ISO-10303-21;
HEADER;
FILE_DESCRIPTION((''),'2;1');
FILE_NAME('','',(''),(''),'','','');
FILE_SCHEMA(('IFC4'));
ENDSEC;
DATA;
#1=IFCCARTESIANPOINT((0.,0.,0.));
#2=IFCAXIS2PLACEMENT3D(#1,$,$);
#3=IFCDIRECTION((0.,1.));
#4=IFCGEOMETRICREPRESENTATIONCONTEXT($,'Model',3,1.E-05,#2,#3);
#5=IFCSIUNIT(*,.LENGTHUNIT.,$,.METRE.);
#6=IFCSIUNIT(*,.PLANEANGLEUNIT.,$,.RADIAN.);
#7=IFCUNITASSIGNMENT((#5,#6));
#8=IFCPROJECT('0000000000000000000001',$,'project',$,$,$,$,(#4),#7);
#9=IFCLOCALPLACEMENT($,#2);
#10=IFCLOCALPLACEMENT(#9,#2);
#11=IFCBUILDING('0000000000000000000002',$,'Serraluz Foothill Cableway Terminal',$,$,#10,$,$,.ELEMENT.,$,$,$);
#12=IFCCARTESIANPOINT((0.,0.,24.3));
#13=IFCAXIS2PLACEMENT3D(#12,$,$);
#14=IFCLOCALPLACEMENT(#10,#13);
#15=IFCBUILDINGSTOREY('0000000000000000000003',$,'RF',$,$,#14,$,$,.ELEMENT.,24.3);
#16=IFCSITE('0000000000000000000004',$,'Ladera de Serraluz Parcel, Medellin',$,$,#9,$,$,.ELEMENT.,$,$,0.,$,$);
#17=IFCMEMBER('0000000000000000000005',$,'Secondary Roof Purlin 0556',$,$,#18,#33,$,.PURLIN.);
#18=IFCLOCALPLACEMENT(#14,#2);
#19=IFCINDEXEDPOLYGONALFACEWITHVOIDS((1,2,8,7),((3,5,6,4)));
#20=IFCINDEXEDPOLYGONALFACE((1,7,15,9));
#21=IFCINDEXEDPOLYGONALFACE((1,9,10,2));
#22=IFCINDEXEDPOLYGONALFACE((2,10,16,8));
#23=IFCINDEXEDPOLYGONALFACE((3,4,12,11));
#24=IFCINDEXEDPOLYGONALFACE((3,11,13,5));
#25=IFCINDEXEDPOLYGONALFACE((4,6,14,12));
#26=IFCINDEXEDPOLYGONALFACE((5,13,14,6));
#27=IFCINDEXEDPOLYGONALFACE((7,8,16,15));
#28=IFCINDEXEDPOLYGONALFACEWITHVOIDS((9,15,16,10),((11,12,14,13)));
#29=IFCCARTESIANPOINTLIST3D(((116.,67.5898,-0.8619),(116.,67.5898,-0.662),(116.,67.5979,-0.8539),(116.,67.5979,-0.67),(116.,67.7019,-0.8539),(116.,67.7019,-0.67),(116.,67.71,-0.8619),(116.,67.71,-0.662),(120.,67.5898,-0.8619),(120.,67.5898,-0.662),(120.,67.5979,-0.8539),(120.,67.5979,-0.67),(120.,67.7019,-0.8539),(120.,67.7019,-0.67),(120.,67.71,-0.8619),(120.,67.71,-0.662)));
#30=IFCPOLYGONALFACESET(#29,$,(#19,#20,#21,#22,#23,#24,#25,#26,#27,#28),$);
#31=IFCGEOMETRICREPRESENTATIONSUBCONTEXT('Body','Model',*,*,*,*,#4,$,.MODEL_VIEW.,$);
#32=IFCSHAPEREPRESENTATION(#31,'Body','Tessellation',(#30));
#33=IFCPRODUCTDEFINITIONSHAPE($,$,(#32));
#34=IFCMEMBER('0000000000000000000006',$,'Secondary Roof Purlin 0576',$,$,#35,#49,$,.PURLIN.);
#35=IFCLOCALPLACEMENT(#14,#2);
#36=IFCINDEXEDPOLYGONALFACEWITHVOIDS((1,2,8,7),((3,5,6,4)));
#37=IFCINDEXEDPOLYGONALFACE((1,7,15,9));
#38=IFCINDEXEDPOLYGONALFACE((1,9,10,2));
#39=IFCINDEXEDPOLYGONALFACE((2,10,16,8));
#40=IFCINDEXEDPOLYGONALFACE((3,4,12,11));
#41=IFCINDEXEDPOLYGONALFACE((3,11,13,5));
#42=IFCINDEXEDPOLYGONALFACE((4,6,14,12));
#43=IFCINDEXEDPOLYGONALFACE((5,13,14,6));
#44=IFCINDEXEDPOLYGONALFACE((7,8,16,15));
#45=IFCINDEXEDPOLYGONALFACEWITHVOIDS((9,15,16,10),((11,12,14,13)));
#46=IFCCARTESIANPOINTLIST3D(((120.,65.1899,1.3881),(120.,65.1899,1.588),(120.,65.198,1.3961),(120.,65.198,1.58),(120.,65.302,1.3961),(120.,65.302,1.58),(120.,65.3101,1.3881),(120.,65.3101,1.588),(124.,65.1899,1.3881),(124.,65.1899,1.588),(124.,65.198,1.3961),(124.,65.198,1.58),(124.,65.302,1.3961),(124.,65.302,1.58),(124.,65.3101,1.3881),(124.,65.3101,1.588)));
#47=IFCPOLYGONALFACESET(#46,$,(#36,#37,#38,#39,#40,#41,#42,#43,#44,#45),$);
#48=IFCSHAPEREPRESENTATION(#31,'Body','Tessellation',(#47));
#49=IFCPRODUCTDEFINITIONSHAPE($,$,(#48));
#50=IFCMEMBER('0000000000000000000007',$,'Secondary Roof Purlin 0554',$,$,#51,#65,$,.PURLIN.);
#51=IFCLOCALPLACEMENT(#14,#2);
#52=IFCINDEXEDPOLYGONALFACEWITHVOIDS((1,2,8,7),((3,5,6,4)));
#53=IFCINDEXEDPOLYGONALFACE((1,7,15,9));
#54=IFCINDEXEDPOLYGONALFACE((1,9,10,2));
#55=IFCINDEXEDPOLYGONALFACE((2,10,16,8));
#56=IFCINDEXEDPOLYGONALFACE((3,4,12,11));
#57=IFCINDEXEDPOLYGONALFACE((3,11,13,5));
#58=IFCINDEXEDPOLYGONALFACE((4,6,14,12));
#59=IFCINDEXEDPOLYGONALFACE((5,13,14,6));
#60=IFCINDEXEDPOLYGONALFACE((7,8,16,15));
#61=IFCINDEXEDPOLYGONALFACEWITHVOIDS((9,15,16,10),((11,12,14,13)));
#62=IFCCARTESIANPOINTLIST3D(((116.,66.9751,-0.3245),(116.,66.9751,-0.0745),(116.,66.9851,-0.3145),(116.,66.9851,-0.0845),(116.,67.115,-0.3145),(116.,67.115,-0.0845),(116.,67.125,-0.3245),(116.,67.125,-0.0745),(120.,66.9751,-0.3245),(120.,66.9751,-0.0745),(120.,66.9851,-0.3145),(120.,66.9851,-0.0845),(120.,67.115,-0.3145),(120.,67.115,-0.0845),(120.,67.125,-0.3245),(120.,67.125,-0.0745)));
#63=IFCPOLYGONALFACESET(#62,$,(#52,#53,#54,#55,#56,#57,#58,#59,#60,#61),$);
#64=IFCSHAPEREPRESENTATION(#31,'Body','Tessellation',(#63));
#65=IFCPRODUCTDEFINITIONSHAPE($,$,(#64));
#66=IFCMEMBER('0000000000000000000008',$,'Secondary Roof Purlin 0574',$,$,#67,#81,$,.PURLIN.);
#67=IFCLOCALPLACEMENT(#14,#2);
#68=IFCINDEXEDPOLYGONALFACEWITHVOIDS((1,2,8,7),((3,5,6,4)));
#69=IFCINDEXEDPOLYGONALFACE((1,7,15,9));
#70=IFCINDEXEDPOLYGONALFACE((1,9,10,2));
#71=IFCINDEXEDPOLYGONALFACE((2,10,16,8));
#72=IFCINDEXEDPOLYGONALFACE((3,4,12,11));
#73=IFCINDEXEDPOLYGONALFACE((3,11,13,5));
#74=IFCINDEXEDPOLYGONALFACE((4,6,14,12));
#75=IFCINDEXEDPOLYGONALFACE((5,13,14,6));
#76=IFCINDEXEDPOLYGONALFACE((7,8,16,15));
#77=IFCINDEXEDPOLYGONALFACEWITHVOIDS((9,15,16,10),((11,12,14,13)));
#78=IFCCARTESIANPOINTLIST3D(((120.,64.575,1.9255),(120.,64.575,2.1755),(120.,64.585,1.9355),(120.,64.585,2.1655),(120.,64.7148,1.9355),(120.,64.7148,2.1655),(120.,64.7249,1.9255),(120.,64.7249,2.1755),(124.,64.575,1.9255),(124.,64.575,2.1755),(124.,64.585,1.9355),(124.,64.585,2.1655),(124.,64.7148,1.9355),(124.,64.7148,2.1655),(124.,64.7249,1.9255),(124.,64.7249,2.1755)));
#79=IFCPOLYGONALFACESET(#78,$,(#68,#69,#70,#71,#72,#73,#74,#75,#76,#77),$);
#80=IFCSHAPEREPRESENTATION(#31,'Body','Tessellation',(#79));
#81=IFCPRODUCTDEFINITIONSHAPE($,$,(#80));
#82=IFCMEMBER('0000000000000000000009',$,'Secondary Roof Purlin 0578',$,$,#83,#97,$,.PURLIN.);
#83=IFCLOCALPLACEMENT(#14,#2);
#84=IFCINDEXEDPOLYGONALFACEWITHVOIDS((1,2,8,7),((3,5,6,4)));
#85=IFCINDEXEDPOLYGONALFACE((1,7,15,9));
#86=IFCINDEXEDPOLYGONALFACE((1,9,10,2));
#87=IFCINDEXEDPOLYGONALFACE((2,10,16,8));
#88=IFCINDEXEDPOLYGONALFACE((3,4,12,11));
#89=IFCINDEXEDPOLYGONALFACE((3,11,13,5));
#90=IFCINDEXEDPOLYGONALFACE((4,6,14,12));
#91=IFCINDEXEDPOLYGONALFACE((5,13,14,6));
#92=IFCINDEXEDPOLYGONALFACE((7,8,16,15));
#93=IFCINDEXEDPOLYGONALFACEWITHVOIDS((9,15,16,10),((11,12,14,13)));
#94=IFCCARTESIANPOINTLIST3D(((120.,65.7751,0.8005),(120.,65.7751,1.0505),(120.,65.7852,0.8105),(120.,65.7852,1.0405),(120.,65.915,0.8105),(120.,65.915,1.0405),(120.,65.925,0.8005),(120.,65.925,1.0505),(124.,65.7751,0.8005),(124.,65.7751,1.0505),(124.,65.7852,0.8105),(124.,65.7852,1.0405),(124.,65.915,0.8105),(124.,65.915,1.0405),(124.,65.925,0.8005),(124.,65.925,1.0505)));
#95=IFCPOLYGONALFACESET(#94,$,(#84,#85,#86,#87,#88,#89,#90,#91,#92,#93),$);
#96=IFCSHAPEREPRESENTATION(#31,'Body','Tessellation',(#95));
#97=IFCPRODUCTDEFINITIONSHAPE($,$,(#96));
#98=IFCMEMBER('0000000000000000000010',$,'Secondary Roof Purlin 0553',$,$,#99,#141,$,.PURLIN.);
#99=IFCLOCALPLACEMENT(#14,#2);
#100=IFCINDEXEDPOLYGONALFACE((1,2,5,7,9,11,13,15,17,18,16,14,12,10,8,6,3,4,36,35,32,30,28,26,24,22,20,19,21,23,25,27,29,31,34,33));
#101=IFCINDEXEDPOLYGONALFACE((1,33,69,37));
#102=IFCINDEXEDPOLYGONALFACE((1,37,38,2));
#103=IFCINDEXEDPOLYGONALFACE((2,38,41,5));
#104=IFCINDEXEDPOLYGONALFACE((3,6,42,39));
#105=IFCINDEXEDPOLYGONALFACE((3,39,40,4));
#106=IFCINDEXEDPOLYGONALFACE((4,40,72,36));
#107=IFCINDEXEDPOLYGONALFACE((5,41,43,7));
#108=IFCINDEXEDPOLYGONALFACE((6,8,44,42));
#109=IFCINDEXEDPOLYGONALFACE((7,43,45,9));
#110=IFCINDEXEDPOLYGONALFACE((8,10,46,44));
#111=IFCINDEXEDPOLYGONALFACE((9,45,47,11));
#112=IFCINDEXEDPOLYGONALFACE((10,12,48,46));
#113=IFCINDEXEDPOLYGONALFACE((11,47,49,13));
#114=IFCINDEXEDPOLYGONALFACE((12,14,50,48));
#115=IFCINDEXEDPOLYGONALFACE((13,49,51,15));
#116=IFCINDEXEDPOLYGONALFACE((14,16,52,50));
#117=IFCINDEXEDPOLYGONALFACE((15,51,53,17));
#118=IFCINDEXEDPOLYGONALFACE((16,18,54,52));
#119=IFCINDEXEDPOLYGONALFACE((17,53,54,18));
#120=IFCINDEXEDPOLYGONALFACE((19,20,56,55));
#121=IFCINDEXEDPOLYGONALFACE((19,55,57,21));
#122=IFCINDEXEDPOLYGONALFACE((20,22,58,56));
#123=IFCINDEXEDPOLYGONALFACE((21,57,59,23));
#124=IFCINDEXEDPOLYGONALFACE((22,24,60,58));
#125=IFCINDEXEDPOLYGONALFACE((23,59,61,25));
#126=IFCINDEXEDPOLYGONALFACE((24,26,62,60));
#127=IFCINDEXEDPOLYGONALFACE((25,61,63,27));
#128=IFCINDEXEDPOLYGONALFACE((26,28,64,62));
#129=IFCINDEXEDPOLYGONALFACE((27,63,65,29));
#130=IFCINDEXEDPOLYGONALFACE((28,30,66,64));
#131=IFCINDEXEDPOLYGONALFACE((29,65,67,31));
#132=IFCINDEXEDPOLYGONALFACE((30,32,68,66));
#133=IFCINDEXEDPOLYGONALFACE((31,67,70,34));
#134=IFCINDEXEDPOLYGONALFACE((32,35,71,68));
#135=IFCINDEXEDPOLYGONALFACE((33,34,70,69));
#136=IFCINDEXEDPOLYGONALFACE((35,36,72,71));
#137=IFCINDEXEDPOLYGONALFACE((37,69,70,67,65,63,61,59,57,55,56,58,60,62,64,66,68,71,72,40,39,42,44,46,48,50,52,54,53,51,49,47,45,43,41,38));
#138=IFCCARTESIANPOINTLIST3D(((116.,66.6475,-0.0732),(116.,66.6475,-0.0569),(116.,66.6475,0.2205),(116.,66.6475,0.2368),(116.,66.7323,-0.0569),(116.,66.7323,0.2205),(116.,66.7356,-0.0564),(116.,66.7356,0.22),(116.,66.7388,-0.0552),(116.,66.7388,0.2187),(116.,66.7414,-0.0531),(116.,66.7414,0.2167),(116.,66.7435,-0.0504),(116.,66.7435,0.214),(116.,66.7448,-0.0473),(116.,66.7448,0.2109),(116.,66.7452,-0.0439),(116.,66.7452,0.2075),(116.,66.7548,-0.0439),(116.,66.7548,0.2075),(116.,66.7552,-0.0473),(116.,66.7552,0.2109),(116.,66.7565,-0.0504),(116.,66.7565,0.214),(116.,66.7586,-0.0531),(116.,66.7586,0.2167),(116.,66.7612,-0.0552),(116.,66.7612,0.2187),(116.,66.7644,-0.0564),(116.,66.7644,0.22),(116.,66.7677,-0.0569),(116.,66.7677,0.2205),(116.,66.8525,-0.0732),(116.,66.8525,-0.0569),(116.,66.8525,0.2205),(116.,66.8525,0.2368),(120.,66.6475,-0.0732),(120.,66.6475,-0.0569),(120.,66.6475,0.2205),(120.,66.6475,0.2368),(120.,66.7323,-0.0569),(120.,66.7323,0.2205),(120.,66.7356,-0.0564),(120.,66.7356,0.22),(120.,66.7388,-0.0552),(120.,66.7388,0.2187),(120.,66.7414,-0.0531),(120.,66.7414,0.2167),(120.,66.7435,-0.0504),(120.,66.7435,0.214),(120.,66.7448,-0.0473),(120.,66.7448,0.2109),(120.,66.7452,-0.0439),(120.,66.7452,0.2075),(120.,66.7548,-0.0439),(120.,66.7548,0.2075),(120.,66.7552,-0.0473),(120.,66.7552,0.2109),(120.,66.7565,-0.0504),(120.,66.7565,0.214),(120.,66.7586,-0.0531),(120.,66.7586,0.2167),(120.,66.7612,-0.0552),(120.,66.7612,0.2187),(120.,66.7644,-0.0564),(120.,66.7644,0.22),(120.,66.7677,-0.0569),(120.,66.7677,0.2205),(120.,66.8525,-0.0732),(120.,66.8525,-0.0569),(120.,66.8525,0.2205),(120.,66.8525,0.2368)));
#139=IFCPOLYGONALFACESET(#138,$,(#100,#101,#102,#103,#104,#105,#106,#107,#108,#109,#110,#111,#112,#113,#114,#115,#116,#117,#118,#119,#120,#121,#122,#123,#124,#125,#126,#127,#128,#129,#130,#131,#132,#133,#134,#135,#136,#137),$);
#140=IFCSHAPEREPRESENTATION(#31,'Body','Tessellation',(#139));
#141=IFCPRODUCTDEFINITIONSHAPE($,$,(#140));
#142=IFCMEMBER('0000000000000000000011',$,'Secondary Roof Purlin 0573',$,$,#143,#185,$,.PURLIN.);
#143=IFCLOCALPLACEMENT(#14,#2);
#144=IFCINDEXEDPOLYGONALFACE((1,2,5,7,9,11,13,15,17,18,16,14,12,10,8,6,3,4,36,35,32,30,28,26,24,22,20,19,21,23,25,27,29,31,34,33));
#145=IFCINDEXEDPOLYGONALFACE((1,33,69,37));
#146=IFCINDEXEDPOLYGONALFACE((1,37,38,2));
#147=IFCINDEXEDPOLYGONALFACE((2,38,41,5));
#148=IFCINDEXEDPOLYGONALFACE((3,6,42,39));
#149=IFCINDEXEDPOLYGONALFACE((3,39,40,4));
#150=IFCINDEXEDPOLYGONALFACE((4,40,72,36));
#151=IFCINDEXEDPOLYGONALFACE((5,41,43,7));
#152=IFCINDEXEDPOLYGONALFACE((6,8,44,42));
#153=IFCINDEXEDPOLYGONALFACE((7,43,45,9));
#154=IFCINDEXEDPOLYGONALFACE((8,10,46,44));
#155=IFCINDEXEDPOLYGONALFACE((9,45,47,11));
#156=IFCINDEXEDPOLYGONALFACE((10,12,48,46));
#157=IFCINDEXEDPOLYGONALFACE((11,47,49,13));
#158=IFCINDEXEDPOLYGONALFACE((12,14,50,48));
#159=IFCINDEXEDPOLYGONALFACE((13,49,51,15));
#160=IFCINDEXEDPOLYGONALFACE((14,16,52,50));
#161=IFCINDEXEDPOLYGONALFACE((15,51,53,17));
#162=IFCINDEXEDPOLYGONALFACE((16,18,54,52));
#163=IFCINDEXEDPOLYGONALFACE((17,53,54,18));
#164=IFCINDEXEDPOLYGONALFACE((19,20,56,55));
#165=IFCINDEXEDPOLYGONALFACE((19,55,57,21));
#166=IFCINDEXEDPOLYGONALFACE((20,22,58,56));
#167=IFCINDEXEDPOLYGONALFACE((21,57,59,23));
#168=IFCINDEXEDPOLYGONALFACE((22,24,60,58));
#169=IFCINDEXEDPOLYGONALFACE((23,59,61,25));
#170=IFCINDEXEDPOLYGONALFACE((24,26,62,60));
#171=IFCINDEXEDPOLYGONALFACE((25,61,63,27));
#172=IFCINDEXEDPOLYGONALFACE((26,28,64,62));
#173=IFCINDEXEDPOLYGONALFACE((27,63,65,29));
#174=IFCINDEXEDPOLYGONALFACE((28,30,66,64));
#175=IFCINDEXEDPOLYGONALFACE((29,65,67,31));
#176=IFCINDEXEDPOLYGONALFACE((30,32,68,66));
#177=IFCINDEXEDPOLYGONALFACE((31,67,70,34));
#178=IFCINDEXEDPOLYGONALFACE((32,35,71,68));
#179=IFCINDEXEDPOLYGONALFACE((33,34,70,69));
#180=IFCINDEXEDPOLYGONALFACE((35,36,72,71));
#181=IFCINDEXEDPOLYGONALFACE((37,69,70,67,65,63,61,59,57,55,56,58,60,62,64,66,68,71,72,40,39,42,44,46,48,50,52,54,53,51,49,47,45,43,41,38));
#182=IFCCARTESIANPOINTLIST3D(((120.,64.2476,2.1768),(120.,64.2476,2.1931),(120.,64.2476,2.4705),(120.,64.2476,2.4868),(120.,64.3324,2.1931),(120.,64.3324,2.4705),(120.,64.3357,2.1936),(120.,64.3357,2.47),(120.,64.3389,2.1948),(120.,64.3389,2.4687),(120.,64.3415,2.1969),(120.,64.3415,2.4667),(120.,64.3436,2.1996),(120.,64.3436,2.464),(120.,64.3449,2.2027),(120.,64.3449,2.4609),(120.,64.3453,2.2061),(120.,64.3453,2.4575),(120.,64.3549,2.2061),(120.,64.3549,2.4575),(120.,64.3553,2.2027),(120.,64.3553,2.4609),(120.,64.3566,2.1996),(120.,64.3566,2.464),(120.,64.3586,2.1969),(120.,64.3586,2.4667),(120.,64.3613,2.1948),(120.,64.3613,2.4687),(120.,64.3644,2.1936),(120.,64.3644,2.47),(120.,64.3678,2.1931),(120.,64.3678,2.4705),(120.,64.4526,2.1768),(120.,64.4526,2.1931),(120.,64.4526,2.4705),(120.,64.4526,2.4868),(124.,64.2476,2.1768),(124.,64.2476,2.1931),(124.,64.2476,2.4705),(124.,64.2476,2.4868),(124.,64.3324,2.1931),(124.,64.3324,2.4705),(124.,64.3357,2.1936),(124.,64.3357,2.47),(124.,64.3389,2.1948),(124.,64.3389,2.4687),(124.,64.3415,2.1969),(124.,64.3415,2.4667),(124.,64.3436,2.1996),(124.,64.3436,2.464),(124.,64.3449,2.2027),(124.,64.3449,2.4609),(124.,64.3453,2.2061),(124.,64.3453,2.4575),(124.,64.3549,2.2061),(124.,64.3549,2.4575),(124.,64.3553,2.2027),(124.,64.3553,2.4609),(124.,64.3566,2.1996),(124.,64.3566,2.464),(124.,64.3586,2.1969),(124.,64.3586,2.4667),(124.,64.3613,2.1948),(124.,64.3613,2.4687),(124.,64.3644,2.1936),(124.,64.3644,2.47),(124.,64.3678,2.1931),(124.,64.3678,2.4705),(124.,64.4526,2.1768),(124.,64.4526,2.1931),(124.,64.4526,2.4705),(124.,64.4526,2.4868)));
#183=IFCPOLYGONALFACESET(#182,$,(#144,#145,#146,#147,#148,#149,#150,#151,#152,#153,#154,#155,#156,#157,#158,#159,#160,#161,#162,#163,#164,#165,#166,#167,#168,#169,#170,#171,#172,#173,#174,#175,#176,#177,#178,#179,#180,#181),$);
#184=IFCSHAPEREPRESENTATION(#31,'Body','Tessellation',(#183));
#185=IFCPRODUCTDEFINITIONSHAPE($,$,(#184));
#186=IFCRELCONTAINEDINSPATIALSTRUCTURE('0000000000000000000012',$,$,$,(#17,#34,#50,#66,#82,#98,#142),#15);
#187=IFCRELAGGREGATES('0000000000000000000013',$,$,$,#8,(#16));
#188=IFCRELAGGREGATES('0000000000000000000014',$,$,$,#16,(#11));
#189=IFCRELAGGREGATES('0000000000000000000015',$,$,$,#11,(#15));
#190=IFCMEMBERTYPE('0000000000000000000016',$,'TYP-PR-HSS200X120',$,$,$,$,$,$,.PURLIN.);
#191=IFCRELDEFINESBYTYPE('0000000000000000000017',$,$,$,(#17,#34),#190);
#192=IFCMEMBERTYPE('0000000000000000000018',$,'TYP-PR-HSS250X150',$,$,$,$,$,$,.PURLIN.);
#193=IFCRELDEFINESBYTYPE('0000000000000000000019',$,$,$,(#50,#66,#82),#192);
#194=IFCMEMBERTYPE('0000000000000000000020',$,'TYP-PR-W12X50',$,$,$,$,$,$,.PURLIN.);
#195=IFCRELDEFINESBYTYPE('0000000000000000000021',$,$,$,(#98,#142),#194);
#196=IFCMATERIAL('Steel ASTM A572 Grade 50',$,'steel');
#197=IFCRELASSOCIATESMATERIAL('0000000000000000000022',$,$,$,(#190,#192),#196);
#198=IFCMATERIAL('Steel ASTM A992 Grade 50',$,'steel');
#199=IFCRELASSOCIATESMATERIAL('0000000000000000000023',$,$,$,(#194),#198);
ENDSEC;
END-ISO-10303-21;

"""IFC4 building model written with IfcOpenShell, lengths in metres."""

from ifc_helpers import new_model, si_unit, direction, frame, origin, origin_2d, place, context, subcontext, project, spatial, hollow_rectangle, i_section, extrude, material, material_profile, profile_set, type_object, element, save


model = new_model("IFC4")

# Units and contexts
model_context = context("Model", 3, precision=1e-05, world=origin(), true_north=direction((0.0, 1.0)))
body_context = subcontext(model_context, "Body", "Model", "MODEL_VIEW")
ifc_project = project(units=[si_unit("LENGTHUNIT", "METRE"), si_unit("PLANEANGLEUNIT", "RADIAN")], contexts=[model_context])

# Site, building, storey
site_placement = place(None, origin())
site = spatial("IfcSite", under=ifc_project, at=site_placement, Name="Ladera de Serraluz Parcel, Medellin", CompositionType="ELEMENT", RefElevation=0.0)
building_placement = place(site_placement, origin())
building = spatial("IfcBuilding", under=site, at=building_placement, Name="Serraluz Foothill Cableway Terminal", CompositionType="ELEMENT")
storey_placement = place(building_placement, frame((0.0, 0.0, 24.3)))
storey = spatial("IfcBuildingStorey", under=building, at=storey_placement, Name="RF", CompositionType="ELEMENT", Elevation=24.3)

# Members
ifc_material_1 = material(Name="Steel ASTM A572 Grade 50", Category="steel")
ifc_material_2 = material(Name="Steel ASTM A992 Grade 50", Category="steel")
ifc_material_profile_1 = material_profile(ifc_material_1, hollow_rectangle(XDim=0.1201, YDim=0.2, WallThickness=0.0081, at=origin_2d()), Name="HSS200X120X8")
ifc_profile_set_1 = profile_set([ifc_material_profile_1], Name="Steel ASTM A572 Grade 50")
member_type_1 = type_object("IfcMemberType", Name="TYP-PR-HSS200X120", PredefinedType="PURLIN", material=ifc_profile_set_1)
for number, where, z_axis, x_axis, name in (
    (1, (116.0, 67.6499, -0.762), (1.0, 0.0, 0.0), (0.0, 1.0, 0.0), "Secondary Roof Purlin 0556"),
    (2, (120.0, 65.25, 1.488), (1.0, 0.0, 0.0), (0.0, 1.0, 0.0), "Secondary Roof Purlin 0576"),
):
    element("IfcMember", number, at=place(storey_placement, frame(where, z_axis=z_axis, x_axis=x_axis)), inside=storey, type_object=member_type_1, Name=name, PredefinedType="PURLIN", context=body_context, shape_type="SweptSolid", body=[
        extrude(hollow_rectangle(XDim=0.1201, YDim=0.2, WallThickness=0.0081, at=origin_2d()), origin(), (0.0, 0.0, 1.0), 4.0),
    ])
ifc_material_profile_2 = material_profile(ifc_material_1, hollow_rectangle(XDim=0.1499, YDim=0.25, WallThickness=0.01, at=origin_2d()), Name="HSS250X150X10")
ifc_profile_set_2 = profile_set([ifc_material_profile_2], Name="Steel ASTM A572 Grade 50")
member_type_2 = type_object("IfcMemberType", Name="TYP-PR-HSS250X150", PredefinedType="PURLIN", material=ifc_profile_set_2)
for number, where, z_axis, x_axis, name in (
    (3, (116.0, 67.05, -0.1995), (1.0, 0.0, 0.0), (0.0, 1.0, 0.0), "Secondary Roof Purlin 0554"),
    (4, (120.0, 64.6499, 2.0505), (1.0, 0.0, 0.0), (0.0, 1.0, 0.0), "Secondary Roof Purlin 0574"),
    (5, (120.0, 65.8501, 0.9255), (1.0, 0.0, 0.0), (0.0, 1.0, 0.0), "Secondary Roof Purlin 0578"),
):
    element("IfcMember", number, at=place(storey_placement, frame(where, z_axis=z_axis, x_axis=x_axis)), inside=storey, type_object=member_type_2, Name=name, PredefinedType="PURLIN", context=body_context, shape_type="SweptSolid", body=[
        extrude(hollow_rectangle(XDim=0.1499, YDim=0.25, WallThickness=0.01, at=origin_2d()), origin(), (0.0, 0.0, 1.0), 4.0),
    ])
ifc_material_profile_3 = material_profile(ifc_material_2, i_section(OverallWidth=0.2051, OverallDepth=0.3101, WebThickness=0.0095, FlangeThickness=0.0164, FilletRadius=0.0129, at=origin_2d()), Name="W12X50")
ifc_profile_set_3 = profile_set([ifc_material_profile_3], Name="Steel ASTM A992 Grade 50")
member_type_3 = type_object("IfcMemberType", Name="TYP-PR-W12X50", PredefinedType="PURLIN", material=ifc_profile_set_3)
for number, where, z_axis, x_axis, name in (
    (6, (116.0, 66.75, 0.0818), (1.0, 0.0, 0.0), (0.0, 1.0, 0.0), "Secondary Roof Purlin 0553"),
    (7, (120.0, 64.3501, 2.3318), (1.0, 0.0, 0.0), (0.0, 1.0, 0.0), "Secondary Roof Purlin 0573"),
):
    element("IfcMember", number, at=place(storey_placement, frame(where, z_axis=z_axis, x_axis=x_axis)), inside=storey, type_object=member_type_3, Name=name, PredefinedType="PURLIN", context=body_context, shape_type="SweptSolid", body=[
        extrude(i_section(OverallWidth=0.2051, OverallDepth=0.3101, WebThickness=0.0095, FlangeThickness=0.0164, FilletRadius=0.0129, at=origin_2d()), origin(), (0.0, 0.0, 1.0), 4.0),
    ])

save(model, "model.ifc")
